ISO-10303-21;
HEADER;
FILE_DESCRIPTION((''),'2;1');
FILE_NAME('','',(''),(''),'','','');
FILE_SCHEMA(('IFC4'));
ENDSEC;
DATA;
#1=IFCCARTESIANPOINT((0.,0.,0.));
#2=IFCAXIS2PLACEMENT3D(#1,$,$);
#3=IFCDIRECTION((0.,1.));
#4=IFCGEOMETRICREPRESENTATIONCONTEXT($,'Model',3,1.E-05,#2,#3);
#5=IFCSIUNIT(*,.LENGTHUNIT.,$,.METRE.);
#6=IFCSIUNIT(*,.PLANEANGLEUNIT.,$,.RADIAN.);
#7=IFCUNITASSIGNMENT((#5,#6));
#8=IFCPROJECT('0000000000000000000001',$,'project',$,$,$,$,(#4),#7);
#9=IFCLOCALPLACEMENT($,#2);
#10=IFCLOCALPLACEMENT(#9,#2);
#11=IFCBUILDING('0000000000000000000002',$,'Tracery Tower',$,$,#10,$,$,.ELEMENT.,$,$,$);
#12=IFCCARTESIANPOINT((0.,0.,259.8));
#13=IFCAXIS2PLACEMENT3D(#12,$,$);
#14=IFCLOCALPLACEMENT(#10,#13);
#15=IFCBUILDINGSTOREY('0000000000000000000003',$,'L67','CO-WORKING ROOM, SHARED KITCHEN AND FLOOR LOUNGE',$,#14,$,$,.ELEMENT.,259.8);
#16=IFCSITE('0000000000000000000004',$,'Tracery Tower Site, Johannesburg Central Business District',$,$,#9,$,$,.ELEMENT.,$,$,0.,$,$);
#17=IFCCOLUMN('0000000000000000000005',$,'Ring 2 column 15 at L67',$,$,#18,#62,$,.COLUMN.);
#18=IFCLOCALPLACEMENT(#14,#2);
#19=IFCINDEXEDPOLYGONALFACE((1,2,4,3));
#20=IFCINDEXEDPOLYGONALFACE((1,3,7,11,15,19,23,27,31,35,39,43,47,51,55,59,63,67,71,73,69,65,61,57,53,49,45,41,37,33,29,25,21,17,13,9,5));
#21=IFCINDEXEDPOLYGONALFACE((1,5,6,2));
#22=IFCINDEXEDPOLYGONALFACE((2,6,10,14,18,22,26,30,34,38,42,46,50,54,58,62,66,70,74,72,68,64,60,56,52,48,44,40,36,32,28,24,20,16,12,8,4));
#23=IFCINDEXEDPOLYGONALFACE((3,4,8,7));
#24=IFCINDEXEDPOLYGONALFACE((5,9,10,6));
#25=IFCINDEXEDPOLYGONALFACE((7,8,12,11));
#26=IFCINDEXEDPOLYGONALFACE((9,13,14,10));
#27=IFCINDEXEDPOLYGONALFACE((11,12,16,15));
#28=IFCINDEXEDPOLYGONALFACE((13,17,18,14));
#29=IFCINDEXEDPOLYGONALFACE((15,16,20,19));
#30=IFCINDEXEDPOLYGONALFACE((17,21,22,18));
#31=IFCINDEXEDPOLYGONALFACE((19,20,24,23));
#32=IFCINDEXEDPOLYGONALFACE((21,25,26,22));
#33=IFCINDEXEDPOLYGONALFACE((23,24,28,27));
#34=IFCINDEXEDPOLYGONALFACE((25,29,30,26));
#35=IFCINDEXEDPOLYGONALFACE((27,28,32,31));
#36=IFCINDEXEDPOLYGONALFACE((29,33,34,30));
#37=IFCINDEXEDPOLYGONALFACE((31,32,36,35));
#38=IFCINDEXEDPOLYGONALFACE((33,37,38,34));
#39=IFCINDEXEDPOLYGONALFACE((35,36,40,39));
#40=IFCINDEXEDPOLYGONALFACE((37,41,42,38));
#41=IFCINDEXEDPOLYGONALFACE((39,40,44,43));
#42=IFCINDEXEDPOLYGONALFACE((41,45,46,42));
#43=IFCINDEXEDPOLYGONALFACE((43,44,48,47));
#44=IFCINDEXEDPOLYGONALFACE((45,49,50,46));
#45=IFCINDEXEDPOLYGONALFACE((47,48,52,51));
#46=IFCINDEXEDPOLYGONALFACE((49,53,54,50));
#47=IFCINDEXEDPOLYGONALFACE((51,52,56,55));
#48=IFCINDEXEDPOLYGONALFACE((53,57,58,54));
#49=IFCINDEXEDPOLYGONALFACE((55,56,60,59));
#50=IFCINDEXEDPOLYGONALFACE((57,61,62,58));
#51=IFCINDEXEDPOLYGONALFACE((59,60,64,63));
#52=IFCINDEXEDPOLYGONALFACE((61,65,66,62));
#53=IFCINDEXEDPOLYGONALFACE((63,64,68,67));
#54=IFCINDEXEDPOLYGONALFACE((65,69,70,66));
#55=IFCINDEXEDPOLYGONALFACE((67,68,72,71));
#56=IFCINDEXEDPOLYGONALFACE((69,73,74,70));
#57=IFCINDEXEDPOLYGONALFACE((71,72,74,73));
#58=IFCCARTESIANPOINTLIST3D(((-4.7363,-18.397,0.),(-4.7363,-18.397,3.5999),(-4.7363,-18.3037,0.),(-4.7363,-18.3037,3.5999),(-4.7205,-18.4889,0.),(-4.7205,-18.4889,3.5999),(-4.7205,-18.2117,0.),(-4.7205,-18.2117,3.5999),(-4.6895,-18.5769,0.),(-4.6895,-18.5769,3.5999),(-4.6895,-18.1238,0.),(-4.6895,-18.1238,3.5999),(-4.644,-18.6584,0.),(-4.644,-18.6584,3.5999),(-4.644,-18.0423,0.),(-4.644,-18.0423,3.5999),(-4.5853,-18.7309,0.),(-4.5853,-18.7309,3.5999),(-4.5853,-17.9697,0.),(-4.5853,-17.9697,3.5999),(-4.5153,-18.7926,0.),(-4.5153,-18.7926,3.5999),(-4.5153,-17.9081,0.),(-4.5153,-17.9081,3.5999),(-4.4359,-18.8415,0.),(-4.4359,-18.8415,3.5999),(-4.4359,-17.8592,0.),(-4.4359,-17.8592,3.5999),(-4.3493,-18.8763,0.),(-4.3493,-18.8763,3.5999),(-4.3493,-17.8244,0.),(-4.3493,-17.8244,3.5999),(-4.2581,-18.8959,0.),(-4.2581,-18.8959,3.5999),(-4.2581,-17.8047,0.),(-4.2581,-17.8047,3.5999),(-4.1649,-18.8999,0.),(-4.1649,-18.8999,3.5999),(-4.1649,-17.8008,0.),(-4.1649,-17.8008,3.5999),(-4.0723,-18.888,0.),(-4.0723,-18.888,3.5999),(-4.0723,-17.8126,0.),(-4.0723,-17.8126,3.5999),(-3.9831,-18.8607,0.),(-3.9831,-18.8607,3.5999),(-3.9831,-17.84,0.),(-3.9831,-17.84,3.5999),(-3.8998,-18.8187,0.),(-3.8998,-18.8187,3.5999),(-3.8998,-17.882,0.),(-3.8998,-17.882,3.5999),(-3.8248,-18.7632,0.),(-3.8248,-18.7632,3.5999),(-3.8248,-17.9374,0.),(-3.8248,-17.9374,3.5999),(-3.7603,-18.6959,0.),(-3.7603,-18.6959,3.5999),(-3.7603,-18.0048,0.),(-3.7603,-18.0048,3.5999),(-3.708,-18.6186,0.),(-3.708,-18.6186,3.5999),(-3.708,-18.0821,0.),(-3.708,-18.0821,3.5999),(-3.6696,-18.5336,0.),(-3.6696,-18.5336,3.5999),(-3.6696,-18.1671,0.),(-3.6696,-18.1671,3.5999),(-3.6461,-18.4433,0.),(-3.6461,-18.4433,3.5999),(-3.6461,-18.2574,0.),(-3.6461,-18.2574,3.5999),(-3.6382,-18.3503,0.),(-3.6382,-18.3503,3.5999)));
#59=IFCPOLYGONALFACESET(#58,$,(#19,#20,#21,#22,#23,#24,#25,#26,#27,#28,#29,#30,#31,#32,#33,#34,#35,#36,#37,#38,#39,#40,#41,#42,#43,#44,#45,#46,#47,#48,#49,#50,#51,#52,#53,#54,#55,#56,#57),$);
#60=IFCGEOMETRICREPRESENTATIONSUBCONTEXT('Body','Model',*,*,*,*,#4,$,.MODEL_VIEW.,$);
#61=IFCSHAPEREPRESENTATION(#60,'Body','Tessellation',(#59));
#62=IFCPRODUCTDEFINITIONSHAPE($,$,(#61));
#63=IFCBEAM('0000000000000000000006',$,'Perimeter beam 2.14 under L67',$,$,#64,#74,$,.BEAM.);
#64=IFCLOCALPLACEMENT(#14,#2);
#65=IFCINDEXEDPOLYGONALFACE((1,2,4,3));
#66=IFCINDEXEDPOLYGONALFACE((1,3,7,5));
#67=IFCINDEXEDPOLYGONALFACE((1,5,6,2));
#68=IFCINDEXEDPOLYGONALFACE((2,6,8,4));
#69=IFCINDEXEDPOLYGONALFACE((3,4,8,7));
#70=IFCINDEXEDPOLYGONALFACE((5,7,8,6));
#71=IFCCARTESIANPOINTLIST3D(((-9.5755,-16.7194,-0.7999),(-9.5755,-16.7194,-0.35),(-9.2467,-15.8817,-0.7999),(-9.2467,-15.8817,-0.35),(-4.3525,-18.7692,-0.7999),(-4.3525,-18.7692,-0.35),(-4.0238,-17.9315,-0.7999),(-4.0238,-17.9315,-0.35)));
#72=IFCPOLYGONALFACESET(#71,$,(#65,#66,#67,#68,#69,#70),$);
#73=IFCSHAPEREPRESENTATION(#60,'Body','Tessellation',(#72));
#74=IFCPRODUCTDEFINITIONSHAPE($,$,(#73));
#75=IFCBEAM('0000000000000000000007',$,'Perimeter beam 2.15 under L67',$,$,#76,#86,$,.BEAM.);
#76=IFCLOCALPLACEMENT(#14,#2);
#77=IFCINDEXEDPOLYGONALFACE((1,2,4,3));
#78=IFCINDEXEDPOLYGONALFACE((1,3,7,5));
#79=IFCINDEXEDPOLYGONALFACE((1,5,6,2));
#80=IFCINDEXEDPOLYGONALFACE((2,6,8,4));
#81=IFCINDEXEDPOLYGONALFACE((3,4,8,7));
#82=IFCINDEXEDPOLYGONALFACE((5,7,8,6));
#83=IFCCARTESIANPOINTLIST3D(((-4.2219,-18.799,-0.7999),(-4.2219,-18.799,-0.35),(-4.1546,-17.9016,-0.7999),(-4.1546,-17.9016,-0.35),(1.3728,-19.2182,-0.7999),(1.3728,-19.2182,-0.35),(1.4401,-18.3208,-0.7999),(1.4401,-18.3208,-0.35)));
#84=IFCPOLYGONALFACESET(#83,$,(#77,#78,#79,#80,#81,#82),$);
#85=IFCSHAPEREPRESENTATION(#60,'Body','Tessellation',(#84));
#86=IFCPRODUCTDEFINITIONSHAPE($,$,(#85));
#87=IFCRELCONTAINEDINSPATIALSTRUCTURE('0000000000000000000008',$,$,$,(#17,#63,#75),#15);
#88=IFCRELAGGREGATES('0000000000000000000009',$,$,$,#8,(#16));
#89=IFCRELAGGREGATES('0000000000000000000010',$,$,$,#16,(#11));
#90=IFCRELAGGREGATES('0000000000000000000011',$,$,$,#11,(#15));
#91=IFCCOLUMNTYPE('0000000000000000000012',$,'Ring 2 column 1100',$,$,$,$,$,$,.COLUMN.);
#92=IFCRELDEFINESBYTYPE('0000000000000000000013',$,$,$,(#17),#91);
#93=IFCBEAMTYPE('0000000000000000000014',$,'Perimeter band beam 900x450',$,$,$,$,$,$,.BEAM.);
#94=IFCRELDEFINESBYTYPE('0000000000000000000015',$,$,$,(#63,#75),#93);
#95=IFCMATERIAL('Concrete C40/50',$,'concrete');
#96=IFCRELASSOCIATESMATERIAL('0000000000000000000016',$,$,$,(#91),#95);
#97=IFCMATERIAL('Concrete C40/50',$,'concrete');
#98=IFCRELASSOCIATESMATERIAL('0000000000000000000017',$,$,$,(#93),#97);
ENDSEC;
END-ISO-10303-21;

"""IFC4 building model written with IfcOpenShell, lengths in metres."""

from ifc_helpers import new_model, si_unit, direction, frame, origin, origin_2d, place, context, subcontext, project, spatial, rectangle, circle, extrude, material, material_profile, profile_set, type_object, element, save


model = new_model("IFC4")

# Units and contexts
model_context = context("Model", 3, precision=1e-05, world=origin(), true_north=direction((0.0, 1.0)))
body_context = subcontext(model_context, "Body", "Model", "MODEL_VIEW")
ifc_project = project(units=[si_unit("LENGTHUNIT", "METRE"), si_unit("PLANEANGLEUNIT", "RADIAN")], contexts=[model_context])

# Site, building, storey
site_placement = place(None, origin())
site = spatial("IfcSite", under=ifc_project, at=site_placement, Name="Tracery Tower Site, Johannesburg Central Business District", CompositionType="ELEMENT", RefElevation=0.0)
building_placement = place(site_placement, origin())
building = spatial("IfcBuilding", under=site, at=building_placement, Name="Tracery Tower", CompositionType="ELEMENT")
storey_placement = place(building_placement, frame((0.0, 0.0, 259.8)))
storey = spatial("IfcBuildingStorey", under=building, at=storey_placement, Name="L67", Description="CO-WORKING ROOM, SHARED KITCHEN AND FLOOR LOUNGE", CompositionType="ELEMENT", Elevation=259.8)

# Column
ifc_material_1 = material(Name="Concrete C40/50", Category="concrete")
ifc_material_profile_1 = material_profile(ifc_material_1, circle(Radius=0.55, at=origin_2d()), Name="RC D1100")
ifc_profile_set_1 = profile_set([ifc_material_profile_1], Name="Concrete C40/50")
column_type = type_object("IfcColumnType", Name="Ring 2 column 1100", PredefinedType="COLUMN", material=ifc_profile_set_1)
column_placement = place(storey_placement, frame((-4.1882, -18.3503, 0.0), z_axis=(0.0, 0.0, 1.0), x_axis=(1.0, 0.0, 0.0)))
element("IfcColumn", 1, at=column_placement, inside=storey, type_object=column_type, Name="Ring 2 column 15 at L67", PredefinedType="COLUMN", context=body_context, shape_type="SweptSolid", body=[
    extrude(circle(Radius=0.55, at=origin_2d()), origin(), (0.0, 0.0, 1.0), 3.5999),
])

# Beams
ifc_material_2 = material(Name="Concrete C40/50", Category="concrete")
ifc_material_profile_2 = material_profile(ifc_material_2, rectangle(XDim=0.8999, YDim=0.45, at=origin_2d()), Name="RC 900x450")
ifc_profile_set_2 = profile_set([ifc_material_profile_2], Name="Concrete C40/50")
beam_type = type_object("IfcBeamType", Name="Perimeter band beam 900x450", PredefinedType="BEAM", material=ifc_profile_set_2)
beam_1_placement = place(storey_placement, frame((-9.4111, -16.3005, -0.575), z_axis=(0.930876, -0.365336, 0.0), x_axis=(0.365336, 0.930876, 0.0)))
element("IfcBeam", 2, at=beam_1_placement, inside=storey, type_object=beam_type, Name="Perimeter beam 2.14 under L67", PredefinedType="BEAM", context=body_context, shape_type="SweptSolid", body=[
    extrude(rectangle(XDim=0.8999, YDim=0.45, at=origin_2d()), origin(), (0.0, 0.0, 1.0), 5.6108),
])
beam_2_placement = place(storey_placement, frame((-4.1882, -18.3503, -0.575), z_axis=(0.997205, -0.074716, 0.0), x_axis=(0.074716, 0.997205, 0.0)))
element("IfcBeam", 3, at=beam_2_placement, inside=storey, type_object=beam_type, Name="Perimeter beam 2.15 under L67", PredefinedType="BEAM", context=body_context, shape_type="SweptSolid", body=[
    extrude(rectangle(XDim=0.8999, YDim=0.45, at=origin_2d()), origin(), (0.0, 0.0, 1.0), 5.6104),
])

save(model, "model.ifc")
